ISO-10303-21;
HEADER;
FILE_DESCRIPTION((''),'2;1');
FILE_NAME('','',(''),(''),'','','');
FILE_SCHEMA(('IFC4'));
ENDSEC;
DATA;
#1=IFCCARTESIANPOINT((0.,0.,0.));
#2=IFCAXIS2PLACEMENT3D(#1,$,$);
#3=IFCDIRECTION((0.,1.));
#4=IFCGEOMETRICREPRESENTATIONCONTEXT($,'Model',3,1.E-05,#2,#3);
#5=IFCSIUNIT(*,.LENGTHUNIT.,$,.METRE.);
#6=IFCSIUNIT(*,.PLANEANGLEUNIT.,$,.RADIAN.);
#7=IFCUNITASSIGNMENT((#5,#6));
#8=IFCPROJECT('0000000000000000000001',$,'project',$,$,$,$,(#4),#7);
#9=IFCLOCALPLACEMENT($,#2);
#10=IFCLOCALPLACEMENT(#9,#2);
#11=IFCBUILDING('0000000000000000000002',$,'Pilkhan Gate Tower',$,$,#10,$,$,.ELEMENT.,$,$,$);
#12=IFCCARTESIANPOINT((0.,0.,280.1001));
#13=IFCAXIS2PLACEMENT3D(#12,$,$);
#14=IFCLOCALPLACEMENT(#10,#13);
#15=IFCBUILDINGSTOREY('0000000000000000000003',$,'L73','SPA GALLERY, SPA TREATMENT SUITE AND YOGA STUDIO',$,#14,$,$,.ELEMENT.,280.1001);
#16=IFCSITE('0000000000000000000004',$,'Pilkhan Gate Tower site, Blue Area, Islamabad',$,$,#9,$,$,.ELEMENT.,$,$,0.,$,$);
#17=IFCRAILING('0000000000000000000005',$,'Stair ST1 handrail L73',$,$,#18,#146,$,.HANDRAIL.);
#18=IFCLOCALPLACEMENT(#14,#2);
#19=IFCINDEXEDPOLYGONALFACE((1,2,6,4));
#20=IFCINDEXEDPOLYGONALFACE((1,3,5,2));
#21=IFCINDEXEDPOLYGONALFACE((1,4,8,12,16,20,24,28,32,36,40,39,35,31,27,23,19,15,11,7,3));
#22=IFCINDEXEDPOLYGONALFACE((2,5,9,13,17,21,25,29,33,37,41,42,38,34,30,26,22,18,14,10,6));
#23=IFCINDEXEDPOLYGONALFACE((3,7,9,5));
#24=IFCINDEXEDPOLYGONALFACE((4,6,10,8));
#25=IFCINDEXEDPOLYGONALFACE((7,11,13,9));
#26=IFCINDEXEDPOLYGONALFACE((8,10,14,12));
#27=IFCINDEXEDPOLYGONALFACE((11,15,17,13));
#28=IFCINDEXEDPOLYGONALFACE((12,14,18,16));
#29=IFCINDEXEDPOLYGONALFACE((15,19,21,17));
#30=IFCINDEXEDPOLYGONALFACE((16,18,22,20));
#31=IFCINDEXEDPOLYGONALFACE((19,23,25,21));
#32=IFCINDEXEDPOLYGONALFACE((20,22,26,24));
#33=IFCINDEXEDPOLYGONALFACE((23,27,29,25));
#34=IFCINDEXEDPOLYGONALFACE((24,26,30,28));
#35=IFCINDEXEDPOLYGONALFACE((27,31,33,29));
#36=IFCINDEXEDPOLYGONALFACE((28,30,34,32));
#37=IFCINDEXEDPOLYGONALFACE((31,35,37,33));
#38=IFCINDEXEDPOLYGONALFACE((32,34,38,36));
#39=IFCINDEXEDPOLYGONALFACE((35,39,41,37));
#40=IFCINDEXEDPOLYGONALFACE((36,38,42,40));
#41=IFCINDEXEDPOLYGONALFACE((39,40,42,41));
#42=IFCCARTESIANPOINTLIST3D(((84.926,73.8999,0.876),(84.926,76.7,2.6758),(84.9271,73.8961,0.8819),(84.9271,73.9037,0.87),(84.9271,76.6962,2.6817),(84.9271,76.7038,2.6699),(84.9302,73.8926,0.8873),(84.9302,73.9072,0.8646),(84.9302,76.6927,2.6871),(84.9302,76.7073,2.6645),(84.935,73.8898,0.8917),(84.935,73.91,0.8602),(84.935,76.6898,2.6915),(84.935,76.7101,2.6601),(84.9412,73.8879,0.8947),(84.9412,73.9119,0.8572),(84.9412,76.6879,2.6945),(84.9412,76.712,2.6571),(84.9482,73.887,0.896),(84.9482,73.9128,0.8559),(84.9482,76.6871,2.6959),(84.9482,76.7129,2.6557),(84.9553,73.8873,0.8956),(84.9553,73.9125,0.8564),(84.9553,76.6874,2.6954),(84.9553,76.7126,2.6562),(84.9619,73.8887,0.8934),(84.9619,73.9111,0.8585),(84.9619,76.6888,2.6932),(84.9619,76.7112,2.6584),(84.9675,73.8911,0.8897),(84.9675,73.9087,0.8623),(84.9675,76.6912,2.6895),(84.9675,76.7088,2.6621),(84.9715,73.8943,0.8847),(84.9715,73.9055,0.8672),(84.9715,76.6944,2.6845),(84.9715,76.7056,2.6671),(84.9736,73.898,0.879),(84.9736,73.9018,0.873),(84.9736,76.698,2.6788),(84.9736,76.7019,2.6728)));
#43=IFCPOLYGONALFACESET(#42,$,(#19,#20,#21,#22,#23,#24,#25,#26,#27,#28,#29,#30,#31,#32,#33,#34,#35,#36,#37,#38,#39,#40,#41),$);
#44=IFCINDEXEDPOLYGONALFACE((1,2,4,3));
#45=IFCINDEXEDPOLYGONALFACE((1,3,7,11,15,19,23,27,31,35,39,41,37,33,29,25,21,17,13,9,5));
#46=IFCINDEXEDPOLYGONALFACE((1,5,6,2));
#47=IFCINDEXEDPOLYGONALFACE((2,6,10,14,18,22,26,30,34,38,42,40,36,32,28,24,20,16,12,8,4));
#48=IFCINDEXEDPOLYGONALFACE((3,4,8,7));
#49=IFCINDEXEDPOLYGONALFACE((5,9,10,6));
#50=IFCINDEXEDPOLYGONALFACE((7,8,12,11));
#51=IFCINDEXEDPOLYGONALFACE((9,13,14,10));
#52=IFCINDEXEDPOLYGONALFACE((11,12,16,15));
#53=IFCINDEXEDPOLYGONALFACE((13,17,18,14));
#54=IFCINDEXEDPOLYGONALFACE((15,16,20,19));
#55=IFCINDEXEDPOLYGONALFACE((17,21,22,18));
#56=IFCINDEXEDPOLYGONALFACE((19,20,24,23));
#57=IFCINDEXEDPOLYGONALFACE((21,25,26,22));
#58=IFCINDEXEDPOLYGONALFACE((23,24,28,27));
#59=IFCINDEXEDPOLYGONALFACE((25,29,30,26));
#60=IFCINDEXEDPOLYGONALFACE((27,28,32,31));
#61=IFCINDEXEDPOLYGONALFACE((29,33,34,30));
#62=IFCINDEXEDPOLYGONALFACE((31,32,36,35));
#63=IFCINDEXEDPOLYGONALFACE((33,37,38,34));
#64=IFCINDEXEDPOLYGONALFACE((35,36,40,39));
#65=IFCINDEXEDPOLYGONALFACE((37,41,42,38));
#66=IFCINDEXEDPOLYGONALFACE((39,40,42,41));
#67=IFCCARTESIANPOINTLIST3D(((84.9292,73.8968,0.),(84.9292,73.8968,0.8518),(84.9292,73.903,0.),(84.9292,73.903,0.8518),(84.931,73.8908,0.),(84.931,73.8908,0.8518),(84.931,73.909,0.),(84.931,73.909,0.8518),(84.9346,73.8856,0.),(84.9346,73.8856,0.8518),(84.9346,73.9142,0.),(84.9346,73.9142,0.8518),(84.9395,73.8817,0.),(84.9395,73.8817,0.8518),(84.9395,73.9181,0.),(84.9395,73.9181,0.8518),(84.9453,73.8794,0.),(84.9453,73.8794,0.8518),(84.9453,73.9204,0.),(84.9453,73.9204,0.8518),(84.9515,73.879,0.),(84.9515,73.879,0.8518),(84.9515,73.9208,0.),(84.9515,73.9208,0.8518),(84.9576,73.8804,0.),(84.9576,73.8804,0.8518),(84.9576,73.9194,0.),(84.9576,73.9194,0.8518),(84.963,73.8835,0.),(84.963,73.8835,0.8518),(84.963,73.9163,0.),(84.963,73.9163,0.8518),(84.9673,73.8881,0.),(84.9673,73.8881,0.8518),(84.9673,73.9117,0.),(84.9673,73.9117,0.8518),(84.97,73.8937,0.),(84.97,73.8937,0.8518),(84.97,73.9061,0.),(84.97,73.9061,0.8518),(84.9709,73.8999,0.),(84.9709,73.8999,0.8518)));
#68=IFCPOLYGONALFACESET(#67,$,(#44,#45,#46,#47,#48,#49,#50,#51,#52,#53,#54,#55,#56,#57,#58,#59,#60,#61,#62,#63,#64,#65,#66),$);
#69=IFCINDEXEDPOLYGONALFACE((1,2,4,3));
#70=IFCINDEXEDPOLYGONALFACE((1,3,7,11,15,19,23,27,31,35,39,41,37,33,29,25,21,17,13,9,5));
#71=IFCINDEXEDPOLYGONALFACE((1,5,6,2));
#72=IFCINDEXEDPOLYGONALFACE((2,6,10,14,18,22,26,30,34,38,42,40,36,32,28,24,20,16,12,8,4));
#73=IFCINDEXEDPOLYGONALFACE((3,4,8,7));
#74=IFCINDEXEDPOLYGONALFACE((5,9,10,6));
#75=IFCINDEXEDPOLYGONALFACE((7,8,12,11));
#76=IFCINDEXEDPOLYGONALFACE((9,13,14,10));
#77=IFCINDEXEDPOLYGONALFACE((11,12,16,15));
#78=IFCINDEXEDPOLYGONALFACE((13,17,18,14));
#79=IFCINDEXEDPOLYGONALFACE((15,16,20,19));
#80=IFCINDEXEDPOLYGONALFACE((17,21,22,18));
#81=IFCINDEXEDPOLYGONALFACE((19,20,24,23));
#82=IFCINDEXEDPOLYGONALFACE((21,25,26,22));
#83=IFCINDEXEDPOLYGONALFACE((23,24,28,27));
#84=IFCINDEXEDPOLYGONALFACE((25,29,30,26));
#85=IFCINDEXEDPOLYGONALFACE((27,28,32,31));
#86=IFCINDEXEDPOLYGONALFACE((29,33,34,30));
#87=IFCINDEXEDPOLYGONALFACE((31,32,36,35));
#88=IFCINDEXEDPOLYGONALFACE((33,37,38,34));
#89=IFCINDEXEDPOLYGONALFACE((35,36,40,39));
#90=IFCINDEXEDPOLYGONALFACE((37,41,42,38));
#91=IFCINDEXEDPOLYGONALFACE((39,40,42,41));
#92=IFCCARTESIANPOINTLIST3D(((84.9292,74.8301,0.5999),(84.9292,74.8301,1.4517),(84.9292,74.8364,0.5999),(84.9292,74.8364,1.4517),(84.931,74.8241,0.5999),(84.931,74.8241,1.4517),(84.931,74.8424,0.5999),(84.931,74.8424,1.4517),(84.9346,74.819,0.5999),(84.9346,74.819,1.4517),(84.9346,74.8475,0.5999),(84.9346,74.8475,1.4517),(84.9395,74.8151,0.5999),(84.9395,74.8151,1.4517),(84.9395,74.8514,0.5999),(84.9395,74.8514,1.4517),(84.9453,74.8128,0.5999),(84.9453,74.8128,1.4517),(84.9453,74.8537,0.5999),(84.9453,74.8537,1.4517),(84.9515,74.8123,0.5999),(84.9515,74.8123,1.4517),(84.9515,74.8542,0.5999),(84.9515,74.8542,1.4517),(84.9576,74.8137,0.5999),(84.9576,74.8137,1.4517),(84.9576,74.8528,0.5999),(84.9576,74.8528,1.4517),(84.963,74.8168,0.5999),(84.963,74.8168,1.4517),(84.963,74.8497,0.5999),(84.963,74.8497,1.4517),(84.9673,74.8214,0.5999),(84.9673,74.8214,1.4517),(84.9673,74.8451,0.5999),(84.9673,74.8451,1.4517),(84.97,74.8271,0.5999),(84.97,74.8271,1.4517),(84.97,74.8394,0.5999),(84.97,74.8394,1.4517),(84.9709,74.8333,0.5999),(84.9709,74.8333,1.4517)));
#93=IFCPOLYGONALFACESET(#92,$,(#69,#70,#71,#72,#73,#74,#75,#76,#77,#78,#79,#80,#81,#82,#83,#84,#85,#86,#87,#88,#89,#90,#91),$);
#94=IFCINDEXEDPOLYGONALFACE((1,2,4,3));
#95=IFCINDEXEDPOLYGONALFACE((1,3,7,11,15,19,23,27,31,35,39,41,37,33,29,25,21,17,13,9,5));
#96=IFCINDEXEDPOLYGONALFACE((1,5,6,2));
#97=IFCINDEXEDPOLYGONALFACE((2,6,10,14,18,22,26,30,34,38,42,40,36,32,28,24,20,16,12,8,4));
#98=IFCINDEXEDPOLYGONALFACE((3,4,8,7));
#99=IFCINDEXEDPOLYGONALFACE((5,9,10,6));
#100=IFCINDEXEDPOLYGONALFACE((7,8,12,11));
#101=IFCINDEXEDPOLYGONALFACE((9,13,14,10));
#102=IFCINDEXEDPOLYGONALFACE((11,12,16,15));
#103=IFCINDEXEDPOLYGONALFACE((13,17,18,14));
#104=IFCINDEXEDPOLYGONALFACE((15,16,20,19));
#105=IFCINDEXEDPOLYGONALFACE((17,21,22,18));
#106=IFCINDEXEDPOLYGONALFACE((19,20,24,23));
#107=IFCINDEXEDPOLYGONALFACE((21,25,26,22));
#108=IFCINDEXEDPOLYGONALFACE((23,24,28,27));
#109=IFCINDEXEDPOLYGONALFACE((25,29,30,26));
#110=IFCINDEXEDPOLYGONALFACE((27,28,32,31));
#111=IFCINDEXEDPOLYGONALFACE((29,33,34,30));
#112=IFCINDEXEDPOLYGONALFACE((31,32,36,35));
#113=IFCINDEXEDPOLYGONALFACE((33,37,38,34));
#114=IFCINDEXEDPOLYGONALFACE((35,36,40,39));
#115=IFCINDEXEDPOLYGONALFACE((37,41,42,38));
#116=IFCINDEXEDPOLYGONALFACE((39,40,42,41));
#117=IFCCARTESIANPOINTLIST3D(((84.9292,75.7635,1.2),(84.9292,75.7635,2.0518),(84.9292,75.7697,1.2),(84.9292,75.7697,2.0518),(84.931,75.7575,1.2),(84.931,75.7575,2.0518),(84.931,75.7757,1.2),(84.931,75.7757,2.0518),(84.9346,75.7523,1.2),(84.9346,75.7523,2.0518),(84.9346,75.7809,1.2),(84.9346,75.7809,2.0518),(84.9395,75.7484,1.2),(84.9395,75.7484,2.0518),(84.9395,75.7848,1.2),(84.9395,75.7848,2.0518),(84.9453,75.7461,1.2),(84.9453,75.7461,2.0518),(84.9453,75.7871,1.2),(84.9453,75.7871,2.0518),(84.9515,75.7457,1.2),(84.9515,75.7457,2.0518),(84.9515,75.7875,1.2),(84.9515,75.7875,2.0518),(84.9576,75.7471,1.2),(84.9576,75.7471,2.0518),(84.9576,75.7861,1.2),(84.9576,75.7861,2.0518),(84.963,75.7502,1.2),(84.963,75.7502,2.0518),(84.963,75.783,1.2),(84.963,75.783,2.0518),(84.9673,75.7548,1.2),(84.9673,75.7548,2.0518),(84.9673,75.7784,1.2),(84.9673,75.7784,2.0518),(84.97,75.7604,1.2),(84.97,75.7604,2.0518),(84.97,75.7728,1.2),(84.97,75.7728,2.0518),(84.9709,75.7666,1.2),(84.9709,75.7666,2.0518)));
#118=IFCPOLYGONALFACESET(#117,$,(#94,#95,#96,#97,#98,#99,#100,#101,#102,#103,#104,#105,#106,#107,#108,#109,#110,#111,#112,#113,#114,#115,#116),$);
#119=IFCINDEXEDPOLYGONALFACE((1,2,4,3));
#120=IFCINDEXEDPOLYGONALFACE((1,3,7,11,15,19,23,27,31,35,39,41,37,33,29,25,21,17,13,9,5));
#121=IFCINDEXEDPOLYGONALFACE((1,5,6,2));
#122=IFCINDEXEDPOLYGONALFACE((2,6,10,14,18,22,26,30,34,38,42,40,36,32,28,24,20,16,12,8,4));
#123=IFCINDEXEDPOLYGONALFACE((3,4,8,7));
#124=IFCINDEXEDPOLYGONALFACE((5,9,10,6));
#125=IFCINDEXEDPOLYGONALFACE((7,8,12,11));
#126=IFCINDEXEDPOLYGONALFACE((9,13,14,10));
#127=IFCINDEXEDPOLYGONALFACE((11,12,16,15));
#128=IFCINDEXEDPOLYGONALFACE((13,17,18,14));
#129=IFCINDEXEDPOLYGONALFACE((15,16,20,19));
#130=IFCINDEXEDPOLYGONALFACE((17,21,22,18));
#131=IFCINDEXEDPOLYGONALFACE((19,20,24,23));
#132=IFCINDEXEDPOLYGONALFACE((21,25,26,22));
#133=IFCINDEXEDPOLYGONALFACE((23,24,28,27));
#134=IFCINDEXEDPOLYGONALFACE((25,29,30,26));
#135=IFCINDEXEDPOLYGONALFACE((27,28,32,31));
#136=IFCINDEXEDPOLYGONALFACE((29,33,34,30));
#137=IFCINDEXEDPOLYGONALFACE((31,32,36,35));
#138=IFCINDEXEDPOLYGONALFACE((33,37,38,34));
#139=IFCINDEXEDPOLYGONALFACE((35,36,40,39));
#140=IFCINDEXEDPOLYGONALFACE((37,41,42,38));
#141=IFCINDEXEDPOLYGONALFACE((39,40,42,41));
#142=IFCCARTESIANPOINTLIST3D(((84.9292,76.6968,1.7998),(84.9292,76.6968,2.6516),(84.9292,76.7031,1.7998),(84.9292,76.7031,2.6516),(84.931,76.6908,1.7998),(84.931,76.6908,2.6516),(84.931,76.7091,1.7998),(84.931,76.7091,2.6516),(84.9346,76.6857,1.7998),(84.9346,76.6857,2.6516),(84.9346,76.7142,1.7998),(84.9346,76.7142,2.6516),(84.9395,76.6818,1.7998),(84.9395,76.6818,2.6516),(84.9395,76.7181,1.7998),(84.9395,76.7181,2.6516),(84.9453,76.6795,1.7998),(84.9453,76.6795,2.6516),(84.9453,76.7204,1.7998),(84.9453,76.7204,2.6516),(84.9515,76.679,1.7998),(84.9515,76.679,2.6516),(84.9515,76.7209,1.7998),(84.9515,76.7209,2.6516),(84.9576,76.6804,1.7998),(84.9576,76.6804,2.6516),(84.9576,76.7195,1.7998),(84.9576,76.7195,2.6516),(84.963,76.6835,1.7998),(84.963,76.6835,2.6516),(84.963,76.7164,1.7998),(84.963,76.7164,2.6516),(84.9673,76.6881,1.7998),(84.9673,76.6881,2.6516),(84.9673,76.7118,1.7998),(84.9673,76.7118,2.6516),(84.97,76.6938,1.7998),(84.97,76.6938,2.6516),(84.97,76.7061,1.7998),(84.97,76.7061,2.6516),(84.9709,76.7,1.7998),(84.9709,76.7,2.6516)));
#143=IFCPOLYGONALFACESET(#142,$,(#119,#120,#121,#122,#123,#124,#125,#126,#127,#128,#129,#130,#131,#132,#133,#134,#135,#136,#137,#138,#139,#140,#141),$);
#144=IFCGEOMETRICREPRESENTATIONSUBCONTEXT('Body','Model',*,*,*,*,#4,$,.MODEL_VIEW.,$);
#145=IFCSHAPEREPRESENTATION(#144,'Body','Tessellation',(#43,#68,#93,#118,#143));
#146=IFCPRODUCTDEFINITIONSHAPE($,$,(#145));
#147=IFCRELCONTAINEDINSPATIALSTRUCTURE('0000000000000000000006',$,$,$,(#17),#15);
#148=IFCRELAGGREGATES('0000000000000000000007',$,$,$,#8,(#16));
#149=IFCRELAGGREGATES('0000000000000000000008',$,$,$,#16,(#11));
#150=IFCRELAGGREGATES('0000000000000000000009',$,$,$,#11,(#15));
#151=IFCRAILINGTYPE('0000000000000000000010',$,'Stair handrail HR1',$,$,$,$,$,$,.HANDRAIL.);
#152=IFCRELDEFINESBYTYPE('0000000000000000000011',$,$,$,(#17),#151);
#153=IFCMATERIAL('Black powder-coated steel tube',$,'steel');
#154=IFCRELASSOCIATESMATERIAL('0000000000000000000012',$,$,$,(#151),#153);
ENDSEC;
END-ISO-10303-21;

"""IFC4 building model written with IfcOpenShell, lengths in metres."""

from ifc_helpers import new_model, si_unit, direction, frame, origin, origin_2d, place, context, subcontext, project, spatial, circle, extrude, material, type_object, element, save


model = new_model("IFC4")

# Units and contexts
model_context = context("Model", 3, precision=1e-05, world=origin(), true_north=direction((0.0, 1.0)))
body_context = subcontext(model_context, "Body", "Model", "MODEL_VIEW")
ifc_project = project(units=[si_unit("LENGTHUNIT", "METRE"), si_unit("PLANEANGLEUNIT", "RADIAN")], contexts=[model_context])

# Site, building, storey
site_placement = place(None, origin())
site = spatial("IfcSite", under=ifc_project, at=site_placement, Name="Pilkhan Gate Tower site, Blue Area, Islamabad", CompositionType="ELEMENT", RefElevation=0.0)
building_placement = place(site_placement, origin())
building = spatial("IfcBuilding", under=site, at=building_placement, Name="Pilkhan Gate Tower", CompositionType="ELEMENT")
storey_placement = place(building_placement, frame((0.0, 0.0, 280.1001)))
storey = spatial("IfcBuildingStorey", under=building, at=storey_placement, Name="L73", Description="SPA GALLERY, SPA TREATMENT SUITE AND YOGA STUDIO", CompositionType="ELEMENT", Elevation=280.1001)

# Railing
ifc_material_1 = material(Name="Black powder-coated steel tube", Category="steel")
railing_type = type_object("IfcRailingType", Name="Stair handrail HR1", PredefinedType="HANDRAIL", material=ifc_material_1)
railing_placement = place(storey_placement, frame((84.95, 73.8999, 0.0)))
element("IfcRailing", 1, at=railing_placement, inside=storey, type_object=railing_type, Name="Stair ST1 handrail L73", PredefinedType="HANDRAIL", context=body_context, shape_type="SweptSolid", body=[
    extrude(circle(Radius=0.0239, at=origin_2d()), frame((0.0, 0.0, 0.876), z_axis=(0.0, 0.841209, 0.540709), x_axis=(-1.0, 0.0, 0.0)), (0.0, 0.0, 1.0), 3.3286),
    extrude(circle(Radius=0.021, at=origin_2d()), origin(), (0.0, 0.0, 1.0), 0.8518),
    extrude(circle(Radius=0.021, at=origin_2d()), frame((0.0, 0.9333, 0.5999)), (0.0, 0.0, 1.0), 0.8518),
    extrude(circle(Radius=0.021, at=origin_2d()), frame((0.0, 1.8667, 1.2)), (0.0, 0.0, 1.0), 0.8518),
    extrude(circle(Radius=0.021, at=origin_2d()), frame((0.0, 2.8, 1.7998)), (0.0, 0.0, 1.0), 0.8518),
])

save(model, "model.ifc")
